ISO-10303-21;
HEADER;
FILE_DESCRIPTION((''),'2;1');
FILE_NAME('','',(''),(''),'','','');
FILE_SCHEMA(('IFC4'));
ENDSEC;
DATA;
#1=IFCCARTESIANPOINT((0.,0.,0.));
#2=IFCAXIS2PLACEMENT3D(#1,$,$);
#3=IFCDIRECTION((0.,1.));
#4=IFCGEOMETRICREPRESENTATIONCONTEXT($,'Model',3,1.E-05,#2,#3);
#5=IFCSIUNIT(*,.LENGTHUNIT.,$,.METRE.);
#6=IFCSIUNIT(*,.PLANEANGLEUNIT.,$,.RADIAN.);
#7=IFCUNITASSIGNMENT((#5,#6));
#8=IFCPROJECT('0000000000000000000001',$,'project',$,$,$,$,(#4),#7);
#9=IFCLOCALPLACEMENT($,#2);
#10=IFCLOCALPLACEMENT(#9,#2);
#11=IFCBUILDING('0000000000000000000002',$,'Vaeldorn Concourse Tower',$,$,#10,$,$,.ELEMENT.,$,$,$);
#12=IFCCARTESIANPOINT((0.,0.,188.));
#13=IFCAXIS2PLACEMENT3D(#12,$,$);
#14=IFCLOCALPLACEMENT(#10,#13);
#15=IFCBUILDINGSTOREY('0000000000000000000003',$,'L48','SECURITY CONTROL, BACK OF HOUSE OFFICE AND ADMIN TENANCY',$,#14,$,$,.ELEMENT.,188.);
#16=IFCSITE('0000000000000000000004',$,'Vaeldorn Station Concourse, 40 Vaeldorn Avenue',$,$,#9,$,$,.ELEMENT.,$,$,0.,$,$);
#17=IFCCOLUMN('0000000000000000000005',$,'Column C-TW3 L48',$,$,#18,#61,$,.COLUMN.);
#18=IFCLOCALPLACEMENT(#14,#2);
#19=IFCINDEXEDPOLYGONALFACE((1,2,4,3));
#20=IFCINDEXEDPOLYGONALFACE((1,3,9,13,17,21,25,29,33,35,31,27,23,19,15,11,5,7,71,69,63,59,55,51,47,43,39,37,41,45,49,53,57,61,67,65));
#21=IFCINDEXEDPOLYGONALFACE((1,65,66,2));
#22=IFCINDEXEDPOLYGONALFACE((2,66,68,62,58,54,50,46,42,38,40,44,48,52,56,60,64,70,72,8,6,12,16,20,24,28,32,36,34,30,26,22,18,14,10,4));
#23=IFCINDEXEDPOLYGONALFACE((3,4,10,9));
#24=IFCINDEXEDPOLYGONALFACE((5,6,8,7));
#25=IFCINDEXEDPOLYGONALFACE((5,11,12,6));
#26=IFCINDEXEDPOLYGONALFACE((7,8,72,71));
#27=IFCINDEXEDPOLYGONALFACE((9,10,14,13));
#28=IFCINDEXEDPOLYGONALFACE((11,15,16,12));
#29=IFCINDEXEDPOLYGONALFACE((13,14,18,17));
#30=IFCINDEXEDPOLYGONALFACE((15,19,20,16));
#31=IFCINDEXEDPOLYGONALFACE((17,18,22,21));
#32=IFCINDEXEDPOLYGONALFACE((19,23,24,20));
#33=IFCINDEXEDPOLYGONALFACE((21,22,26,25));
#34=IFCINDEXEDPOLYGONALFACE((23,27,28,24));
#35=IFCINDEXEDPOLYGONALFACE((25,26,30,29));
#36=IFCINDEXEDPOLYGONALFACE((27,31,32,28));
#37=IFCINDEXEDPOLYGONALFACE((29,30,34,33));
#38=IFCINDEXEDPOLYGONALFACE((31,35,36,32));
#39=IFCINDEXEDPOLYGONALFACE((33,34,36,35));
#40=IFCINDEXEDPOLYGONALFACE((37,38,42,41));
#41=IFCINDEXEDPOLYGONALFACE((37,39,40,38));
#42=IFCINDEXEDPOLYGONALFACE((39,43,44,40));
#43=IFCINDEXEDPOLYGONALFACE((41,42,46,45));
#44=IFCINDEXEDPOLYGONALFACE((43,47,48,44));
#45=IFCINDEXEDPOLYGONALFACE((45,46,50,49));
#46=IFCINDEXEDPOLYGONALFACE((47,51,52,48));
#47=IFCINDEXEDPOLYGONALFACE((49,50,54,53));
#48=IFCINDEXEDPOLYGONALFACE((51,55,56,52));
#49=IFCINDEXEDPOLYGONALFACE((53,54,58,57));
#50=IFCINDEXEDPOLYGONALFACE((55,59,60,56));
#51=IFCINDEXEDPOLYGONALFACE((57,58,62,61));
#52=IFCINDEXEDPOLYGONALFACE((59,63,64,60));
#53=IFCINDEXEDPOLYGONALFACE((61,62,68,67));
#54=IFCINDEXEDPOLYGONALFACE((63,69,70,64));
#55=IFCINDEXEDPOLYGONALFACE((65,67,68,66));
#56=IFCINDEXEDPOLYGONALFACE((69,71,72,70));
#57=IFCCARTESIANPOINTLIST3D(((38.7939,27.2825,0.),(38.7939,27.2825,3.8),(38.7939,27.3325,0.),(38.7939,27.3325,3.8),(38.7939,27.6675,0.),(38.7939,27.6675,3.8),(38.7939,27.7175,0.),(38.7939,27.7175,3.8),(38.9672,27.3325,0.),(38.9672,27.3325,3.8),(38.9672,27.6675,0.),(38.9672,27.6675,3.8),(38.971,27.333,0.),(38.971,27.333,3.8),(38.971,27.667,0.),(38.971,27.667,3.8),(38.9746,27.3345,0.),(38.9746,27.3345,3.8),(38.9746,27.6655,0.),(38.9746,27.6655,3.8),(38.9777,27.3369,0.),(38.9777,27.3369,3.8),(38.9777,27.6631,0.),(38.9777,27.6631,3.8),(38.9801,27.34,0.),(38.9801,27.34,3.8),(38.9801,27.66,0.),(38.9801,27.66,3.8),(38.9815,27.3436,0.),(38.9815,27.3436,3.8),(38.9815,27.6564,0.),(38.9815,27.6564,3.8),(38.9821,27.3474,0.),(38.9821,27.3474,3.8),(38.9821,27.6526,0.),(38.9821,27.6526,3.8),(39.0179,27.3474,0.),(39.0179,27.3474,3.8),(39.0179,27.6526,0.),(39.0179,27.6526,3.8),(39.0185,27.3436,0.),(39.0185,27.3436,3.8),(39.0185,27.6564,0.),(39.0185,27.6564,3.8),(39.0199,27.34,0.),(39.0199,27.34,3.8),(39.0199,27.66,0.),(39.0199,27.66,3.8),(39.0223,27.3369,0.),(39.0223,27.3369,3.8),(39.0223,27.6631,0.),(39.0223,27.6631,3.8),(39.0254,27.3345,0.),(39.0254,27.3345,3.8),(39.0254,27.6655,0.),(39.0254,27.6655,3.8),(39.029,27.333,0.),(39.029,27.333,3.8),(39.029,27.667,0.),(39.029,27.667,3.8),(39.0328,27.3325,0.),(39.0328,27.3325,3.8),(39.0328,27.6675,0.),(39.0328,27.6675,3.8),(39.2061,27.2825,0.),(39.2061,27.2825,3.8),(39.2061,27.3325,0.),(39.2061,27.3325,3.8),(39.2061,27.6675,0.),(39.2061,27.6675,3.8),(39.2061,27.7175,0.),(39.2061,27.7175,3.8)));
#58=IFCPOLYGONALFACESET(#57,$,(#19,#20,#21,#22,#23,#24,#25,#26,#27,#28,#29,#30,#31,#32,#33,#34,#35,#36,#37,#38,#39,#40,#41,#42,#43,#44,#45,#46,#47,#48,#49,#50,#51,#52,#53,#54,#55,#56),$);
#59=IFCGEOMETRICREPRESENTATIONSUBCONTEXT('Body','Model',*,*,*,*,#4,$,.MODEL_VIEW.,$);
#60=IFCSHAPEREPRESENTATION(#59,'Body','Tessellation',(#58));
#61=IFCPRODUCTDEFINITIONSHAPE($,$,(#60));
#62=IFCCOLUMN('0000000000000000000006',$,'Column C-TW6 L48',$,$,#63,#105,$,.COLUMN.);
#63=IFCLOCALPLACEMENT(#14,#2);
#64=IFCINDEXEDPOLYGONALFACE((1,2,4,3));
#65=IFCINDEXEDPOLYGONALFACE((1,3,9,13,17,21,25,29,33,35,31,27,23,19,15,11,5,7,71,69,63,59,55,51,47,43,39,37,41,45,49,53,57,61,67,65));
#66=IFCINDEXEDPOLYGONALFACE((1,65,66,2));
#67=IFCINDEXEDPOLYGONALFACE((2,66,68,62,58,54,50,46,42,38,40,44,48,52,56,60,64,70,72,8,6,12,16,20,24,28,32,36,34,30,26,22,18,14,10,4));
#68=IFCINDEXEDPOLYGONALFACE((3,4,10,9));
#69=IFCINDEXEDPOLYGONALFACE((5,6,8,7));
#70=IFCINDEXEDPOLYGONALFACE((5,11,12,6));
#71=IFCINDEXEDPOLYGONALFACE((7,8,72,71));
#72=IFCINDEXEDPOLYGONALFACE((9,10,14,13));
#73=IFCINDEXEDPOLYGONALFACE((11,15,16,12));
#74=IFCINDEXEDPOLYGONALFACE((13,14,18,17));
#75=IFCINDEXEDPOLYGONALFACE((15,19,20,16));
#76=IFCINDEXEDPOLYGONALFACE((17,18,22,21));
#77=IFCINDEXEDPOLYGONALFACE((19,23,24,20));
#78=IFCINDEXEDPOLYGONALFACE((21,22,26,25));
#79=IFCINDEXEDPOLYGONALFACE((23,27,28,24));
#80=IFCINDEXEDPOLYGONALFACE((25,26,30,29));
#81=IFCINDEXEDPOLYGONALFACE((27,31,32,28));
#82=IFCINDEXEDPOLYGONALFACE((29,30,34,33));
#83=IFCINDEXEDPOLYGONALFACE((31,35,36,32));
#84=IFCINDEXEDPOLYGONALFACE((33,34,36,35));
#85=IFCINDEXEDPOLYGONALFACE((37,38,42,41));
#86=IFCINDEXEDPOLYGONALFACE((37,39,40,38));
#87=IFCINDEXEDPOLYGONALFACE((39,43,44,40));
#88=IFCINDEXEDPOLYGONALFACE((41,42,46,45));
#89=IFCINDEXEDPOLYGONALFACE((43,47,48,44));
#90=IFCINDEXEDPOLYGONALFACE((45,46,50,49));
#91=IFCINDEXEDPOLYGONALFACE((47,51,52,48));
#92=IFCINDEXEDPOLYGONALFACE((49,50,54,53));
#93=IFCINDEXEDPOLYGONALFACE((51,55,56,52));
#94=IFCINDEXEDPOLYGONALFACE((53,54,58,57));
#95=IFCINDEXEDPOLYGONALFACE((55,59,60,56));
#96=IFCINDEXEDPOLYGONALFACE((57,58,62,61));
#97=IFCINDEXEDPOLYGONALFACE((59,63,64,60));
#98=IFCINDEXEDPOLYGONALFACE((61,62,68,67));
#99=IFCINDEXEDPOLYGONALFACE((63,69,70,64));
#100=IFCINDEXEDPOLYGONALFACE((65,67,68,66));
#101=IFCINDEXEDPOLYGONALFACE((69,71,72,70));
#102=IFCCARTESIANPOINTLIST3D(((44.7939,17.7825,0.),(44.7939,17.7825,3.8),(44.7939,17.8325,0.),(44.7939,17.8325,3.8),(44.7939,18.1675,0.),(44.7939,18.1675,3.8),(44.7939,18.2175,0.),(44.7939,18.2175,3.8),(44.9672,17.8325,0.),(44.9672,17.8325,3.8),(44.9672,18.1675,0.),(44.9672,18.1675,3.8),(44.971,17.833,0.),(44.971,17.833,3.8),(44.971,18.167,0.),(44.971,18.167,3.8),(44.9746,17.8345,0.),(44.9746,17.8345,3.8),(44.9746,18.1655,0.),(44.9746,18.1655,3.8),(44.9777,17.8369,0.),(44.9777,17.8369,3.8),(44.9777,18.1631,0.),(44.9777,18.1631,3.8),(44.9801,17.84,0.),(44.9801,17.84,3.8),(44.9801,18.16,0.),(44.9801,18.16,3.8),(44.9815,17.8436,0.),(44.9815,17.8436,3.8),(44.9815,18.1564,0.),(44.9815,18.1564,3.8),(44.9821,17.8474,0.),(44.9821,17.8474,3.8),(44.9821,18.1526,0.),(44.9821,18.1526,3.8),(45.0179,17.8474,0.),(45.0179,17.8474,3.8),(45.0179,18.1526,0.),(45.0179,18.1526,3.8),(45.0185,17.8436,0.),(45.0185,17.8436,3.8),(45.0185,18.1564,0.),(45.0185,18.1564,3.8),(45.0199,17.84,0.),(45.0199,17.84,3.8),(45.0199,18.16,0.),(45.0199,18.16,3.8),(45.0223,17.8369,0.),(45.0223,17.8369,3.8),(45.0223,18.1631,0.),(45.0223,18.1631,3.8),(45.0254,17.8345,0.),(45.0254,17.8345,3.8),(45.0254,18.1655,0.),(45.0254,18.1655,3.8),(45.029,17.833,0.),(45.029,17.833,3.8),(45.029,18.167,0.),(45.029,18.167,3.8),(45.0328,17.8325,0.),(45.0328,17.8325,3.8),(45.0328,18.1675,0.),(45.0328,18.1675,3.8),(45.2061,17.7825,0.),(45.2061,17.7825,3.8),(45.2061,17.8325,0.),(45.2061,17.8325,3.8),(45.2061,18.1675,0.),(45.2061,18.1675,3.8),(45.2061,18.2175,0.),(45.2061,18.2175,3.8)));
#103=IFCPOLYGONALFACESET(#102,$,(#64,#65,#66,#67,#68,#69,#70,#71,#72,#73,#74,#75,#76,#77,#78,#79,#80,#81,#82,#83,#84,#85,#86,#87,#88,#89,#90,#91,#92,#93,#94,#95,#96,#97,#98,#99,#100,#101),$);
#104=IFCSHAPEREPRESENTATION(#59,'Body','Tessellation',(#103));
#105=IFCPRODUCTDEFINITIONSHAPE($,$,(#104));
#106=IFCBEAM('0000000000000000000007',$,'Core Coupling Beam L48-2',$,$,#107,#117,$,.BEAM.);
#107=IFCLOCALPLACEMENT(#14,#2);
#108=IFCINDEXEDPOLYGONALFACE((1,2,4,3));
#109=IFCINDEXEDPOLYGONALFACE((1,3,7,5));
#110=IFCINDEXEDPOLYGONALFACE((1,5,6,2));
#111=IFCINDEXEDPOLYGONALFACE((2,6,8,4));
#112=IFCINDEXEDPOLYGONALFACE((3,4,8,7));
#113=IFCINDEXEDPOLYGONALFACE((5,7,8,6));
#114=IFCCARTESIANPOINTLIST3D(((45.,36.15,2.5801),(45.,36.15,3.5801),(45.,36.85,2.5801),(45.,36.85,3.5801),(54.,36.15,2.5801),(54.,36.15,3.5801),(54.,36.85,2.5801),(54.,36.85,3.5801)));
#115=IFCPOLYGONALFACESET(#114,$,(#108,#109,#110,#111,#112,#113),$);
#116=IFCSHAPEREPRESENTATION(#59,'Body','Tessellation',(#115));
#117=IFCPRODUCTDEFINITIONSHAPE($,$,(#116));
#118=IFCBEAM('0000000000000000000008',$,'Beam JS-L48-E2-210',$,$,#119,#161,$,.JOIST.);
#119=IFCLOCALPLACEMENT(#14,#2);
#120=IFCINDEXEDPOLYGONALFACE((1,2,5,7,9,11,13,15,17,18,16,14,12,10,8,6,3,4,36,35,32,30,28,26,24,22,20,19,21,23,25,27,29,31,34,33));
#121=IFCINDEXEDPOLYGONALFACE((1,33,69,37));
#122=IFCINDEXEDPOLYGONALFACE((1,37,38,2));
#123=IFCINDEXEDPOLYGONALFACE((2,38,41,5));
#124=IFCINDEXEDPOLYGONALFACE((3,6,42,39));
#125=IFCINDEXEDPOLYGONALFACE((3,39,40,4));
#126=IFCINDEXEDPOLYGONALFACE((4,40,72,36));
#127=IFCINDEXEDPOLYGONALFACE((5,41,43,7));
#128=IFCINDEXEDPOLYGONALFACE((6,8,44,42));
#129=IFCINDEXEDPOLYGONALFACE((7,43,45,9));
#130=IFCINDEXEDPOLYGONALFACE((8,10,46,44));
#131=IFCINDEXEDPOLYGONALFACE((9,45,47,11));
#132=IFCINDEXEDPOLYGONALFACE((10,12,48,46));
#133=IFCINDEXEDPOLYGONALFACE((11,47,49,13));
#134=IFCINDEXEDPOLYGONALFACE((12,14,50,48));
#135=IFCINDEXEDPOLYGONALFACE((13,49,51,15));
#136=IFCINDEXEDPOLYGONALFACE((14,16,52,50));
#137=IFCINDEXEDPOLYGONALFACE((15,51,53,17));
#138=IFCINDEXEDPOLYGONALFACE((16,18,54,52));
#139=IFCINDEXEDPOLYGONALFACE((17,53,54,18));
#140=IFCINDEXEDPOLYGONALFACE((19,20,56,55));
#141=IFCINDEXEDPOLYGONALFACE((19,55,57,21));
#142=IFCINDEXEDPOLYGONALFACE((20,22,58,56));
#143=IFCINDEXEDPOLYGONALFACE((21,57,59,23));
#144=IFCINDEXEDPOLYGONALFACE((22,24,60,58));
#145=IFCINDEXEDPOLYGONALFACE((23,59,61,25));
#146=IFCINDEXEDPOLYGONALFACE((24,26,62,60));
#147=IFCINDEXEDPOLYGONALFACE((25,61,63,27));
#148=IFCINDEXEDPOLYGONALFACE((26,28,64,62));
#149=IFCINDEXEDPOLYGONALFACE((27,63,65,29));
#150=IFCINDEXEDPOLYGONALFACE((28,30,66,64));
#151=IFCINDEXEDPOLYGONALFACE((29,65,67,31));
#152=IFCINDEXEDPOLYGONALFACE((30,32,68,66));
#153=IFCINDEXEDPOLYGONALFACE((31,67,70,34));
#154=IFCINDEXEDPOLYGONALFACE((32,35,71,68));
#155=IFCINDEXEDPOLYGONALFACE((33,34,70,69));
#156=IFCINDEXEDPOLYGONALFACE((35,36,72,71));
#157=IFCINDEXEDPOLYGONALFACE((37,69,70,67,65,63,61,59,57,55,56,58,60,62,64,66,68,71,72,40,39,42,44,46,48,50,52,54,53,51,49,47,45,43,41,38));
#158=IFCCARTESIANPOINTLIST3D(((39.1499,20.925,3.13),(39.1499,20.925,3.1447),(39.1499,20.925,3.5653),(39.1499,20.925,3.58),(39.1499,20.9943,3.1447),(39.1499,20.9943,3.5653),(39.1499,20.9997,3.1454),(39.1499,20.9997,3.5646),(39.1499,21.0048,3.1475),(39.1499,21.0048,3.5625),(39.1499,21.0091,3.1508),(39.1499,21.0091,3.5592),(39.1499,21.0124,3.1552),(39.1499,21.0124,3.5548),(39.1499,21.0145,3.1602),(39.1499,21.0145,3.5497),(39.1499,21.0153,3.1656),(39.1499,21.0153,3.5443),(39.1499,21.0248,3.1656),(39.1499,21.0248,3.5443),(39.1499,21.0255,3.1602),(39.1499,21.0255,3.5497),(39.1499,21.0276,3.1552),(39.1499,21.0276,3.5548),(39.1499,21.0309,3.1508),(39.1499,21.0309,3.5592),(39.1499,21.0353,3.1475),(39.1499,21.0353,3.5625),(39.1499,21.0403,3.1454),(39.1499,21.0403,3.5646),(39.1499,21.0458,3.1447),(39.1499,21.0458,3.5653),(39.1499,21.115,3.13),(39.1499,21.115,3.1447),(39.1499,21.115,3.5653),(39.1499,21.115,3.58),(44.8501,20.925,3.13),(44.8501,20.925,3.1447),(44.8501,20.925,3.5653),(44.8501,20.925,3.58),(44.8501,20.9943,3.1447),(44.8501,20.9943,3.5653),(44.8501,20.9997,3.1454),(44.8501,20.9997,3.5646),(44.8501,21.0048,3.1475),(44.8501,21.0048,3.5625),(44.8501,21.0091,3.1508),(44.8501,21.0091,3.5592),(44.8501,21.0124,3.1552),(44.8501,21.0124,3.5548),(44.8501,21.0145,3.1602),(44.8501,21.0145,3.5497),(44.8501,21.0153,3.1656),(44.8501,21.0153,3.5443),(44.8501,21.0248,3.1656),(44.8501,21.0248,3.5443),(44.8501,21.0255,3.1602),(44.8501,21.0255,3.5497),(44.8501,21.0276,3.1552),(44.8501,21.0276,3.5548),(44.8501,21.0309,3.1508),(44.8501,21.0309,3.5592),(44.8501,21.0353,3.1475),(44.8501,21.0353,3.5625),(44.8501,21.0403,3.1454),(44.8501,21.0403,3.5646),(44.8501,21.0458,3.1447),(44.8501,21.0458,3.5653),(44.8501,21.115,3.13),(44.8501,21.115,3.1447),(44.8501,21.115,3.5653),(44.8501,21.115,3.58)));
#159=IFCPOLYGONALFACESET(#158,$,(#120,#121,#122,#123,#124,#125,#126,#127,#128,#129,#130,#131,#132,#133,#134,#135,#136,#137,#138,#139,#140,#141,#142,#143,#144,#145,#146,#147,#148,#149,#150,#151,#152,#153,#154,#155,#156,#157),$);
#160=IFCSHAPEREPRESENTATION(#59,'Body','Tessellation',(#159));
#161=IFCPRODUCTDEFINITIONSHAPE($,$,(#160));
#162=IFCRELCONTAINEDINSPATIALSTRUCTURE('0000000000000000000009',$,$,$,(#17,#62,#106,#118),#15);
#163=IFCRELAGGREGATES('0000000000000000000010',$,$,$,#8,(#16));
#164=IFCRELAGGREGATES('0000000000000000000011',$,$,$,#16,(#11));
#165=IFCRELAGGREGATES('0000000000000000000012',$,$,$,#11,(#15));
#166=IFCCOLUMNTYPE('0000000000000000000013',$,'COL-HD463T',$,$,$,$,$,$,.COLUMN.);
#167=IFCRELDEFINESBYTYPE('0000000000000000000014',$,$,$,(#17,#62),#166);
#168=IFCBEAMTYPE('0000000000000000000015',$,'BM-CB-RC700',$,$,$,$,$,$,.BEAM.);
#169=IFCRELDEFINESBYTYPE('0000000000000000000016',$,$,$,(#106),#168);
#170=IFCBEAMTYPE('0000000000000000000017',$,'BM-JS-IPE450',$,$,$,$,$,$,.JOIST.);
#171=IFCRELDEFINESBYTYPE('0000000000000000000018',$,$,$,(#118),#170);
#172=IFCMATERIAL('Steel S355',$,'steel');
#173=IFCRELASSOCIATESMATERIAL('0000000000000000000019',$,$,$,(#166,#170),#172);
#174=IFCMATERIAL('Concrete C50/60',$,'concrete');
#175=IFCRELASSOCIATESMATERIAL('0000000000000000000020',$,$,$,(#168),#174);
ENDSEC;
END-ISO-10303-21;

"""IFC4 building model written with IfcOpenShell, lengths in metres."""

from ifc_helpers import new_model, si_unit, direction, frame, origin, origin_2d, place, context, subcontext, project, spatial, rectangle, i_section, extrude, source, transform, mapped, material, material_profile, profile_set, type_object, element, save


model = new_model("IFC4")

# Units and contexts
model_context = context("Model", 3, precision=1e-05, world=origin(), true_north=direction((0.0, 1.0)))
body_context = subcontext(model_context, "Body", "Model", "MODEL_VIEW")
ifc_project = project(units=[si_unit("LENGTHUNIT", "METRE"), si_unit("PLANEANGLEUNIT", "RADIAN")], contexts=[model_context])

# Site, building, storey
site_placement = place(None, origin())
site = spatial("IfcSite", under=ifc_project, at=site_placement, Name="Vaeldorn Station Concourse, 40 Vaeldorn Avenue", CompositionType="ELEMENT", RefElevation=0.0)
building_placement = place(site_placement, origin())
building = spatial("IfcBuilding", under=site, at=building_placement, Name="Vaeldorn Concourse Tower", CompositionType="ELEMENT")
storey_placement = place(building_placement, frame((0.0, 0.0, 188.0)))
storey = spatial("IfcBuildingStorey", under=building, at=storey_placement, Name="L48", Description="SECURITY CONTROL, BACK OF HOUSE OFFICE AND ADMIN TENANCY", CompositionType="ELEMENT", Elevation=188.0)

# Columns
ifc_material_1 = material(Name="Steel S355", Category="steel")
ifc_material_profile_1 = material_profile(ifc_material_1, i_section(OverallWidth=0.4121, OverallDepth=0.4351, WebThickness=0.0359, FlangeThickness=0.05, FilletRadius=0.0149, at=origin_2d()), Name="HD 400x463")
ifc_profile_set_1 = profile_set([ifc_material_profile_1], Name="Steel S355")
column_type_1 = type_object("IfcColumnType", Name="COL-HD463T", PredefinedType="COLUMN", material=ifc_profile_set_1)
shared_shape_1 = source(origin(), body_context, "Body", "SweptSolid", [
    extrude(i_section(OverallWidth=0.4121, OverallDepth=0.4351, WebThickness=0.0359, FlangeThickness=0.05, FilletRadius=0.0149, at=origin_2d()), origin(), (0.0, 0.0, 1.0), 3.8),
])
for number, where, z_axis, x_axis, name in (
    (1, (39.0, 27.5, 0.0), (0.0, 0.0, 1.0), (1.0, 0.0, 0.0), "Column C-TW3 L48"),
    (2, (45.0, 18.0, 0.0), (0.0, 0.0, 1.0), (1.0, 0.0, 0.0), "Column C-TW6 L48"),
):
    element("IfcColumn", number, at=place(storey_placement, frame(where, z_axis=z_axis, x_axis=x_axis)), inside=storey, type_object=column_type_1, Name=name, PredefinedType="COLUMN", context=body_context, shape_type="MappedRepresentation", body=[
        mapped(shared_shape_1, transform((0.0, 0.0, 0.0), scale=1.0)),
    ])

# Beams
ifc_material_2 = material(Name="Concrete C50/60", Category="concrete")
ifc_material_profile_2 = material_profile(ifc_material_2, rectangle(XDim=0.7, YDim=1.0, at=origin_2d()), Name="RC 700x1000")
ifc_profile_set_2 = profile_set([ifc_material_profile_2], Name="Concrete C50/60")
beam_type_1 = type_object("IfcBeamType", Name="BM-CB-RC700", PredefinedType="BEAM", material=ifc_profile_set_2)
shared_shape_2 = source(origin(), body_context, "Body", "SweptSolid", [
    extrude(rectangle(XDim=0.7, YDim=1.0, at=origin_2d()), origin(), (0.0, 0.0, 1.0), 9.0),
])
beam_1_placement = place(storey_placement, frame((45.0, 36.5, 3.0801), z_axis=(1.0, 0.0, 0.0), x_axis=(0.0, 1.0, 0.0)))
element("IfcBeam", 3, at=beam_1_placement, inside=storey, type_object=beam_type_1, Name="Core Coupling Beam L48-2", PredefinedType="BEAM", context=body_context, shape_type="MappedRepresentation", body=[
    mapped(shared_shape_2, transform((0.0, 0.0, 0.0), scale=1.0)),
])
ifc_material_profile_3 = material_profile(ifc_material_1, i_section(OverallWidth=0.1899, OverallDepth=0.45, WebThickness=0.0095, FlangeThickness=0.0146, FilletRadius=0.021, at=origin_2d()), Name="IPE 450")
ifc_profile_set_3 = profile_set([ifc_material_profile_3], Name="Steel S355")
beam_type_2 = type_object("IfcBeamType", Name="BM-JS-IPE450", PredefinedType="JOIST", material=ifc_profile_set_3)
shared_shape_3 = source(origin(), body_context, "Body", "SweptSolid", [
    extrude(i_section(OverallWidth=0.1899, OverallDepth=0.45, WebThickness=0.0095, FlangeThickness=0.0146, FilletRadius=0.021, at=origin_2d()), origin(), (0.0, 0.0, 1.0), 5.7002),
])
for number, where, z_axis, x_axis, name in (
    (4, (39.1499, 21.02, 3.355), (1.0, 0.0, 0.0), (0.0, 1.0, 0.0), "Beam JS-L48-E2-210"),
):
    element("IfcBeam", number, at=place(storey_placement, frame(where, z_axis=z_axis, x_axis=x_axis)), inside=storey, type_object=beam_type_2, Name=name, PredefinedType="JOIST", context=body_context, shape_type="MappedRepresentation", body=[
        mapped(shared_shape_3, transform((0.0, 0.0, 0.0), scale=1.0)),
    ])

save(model, "model.ifc")
